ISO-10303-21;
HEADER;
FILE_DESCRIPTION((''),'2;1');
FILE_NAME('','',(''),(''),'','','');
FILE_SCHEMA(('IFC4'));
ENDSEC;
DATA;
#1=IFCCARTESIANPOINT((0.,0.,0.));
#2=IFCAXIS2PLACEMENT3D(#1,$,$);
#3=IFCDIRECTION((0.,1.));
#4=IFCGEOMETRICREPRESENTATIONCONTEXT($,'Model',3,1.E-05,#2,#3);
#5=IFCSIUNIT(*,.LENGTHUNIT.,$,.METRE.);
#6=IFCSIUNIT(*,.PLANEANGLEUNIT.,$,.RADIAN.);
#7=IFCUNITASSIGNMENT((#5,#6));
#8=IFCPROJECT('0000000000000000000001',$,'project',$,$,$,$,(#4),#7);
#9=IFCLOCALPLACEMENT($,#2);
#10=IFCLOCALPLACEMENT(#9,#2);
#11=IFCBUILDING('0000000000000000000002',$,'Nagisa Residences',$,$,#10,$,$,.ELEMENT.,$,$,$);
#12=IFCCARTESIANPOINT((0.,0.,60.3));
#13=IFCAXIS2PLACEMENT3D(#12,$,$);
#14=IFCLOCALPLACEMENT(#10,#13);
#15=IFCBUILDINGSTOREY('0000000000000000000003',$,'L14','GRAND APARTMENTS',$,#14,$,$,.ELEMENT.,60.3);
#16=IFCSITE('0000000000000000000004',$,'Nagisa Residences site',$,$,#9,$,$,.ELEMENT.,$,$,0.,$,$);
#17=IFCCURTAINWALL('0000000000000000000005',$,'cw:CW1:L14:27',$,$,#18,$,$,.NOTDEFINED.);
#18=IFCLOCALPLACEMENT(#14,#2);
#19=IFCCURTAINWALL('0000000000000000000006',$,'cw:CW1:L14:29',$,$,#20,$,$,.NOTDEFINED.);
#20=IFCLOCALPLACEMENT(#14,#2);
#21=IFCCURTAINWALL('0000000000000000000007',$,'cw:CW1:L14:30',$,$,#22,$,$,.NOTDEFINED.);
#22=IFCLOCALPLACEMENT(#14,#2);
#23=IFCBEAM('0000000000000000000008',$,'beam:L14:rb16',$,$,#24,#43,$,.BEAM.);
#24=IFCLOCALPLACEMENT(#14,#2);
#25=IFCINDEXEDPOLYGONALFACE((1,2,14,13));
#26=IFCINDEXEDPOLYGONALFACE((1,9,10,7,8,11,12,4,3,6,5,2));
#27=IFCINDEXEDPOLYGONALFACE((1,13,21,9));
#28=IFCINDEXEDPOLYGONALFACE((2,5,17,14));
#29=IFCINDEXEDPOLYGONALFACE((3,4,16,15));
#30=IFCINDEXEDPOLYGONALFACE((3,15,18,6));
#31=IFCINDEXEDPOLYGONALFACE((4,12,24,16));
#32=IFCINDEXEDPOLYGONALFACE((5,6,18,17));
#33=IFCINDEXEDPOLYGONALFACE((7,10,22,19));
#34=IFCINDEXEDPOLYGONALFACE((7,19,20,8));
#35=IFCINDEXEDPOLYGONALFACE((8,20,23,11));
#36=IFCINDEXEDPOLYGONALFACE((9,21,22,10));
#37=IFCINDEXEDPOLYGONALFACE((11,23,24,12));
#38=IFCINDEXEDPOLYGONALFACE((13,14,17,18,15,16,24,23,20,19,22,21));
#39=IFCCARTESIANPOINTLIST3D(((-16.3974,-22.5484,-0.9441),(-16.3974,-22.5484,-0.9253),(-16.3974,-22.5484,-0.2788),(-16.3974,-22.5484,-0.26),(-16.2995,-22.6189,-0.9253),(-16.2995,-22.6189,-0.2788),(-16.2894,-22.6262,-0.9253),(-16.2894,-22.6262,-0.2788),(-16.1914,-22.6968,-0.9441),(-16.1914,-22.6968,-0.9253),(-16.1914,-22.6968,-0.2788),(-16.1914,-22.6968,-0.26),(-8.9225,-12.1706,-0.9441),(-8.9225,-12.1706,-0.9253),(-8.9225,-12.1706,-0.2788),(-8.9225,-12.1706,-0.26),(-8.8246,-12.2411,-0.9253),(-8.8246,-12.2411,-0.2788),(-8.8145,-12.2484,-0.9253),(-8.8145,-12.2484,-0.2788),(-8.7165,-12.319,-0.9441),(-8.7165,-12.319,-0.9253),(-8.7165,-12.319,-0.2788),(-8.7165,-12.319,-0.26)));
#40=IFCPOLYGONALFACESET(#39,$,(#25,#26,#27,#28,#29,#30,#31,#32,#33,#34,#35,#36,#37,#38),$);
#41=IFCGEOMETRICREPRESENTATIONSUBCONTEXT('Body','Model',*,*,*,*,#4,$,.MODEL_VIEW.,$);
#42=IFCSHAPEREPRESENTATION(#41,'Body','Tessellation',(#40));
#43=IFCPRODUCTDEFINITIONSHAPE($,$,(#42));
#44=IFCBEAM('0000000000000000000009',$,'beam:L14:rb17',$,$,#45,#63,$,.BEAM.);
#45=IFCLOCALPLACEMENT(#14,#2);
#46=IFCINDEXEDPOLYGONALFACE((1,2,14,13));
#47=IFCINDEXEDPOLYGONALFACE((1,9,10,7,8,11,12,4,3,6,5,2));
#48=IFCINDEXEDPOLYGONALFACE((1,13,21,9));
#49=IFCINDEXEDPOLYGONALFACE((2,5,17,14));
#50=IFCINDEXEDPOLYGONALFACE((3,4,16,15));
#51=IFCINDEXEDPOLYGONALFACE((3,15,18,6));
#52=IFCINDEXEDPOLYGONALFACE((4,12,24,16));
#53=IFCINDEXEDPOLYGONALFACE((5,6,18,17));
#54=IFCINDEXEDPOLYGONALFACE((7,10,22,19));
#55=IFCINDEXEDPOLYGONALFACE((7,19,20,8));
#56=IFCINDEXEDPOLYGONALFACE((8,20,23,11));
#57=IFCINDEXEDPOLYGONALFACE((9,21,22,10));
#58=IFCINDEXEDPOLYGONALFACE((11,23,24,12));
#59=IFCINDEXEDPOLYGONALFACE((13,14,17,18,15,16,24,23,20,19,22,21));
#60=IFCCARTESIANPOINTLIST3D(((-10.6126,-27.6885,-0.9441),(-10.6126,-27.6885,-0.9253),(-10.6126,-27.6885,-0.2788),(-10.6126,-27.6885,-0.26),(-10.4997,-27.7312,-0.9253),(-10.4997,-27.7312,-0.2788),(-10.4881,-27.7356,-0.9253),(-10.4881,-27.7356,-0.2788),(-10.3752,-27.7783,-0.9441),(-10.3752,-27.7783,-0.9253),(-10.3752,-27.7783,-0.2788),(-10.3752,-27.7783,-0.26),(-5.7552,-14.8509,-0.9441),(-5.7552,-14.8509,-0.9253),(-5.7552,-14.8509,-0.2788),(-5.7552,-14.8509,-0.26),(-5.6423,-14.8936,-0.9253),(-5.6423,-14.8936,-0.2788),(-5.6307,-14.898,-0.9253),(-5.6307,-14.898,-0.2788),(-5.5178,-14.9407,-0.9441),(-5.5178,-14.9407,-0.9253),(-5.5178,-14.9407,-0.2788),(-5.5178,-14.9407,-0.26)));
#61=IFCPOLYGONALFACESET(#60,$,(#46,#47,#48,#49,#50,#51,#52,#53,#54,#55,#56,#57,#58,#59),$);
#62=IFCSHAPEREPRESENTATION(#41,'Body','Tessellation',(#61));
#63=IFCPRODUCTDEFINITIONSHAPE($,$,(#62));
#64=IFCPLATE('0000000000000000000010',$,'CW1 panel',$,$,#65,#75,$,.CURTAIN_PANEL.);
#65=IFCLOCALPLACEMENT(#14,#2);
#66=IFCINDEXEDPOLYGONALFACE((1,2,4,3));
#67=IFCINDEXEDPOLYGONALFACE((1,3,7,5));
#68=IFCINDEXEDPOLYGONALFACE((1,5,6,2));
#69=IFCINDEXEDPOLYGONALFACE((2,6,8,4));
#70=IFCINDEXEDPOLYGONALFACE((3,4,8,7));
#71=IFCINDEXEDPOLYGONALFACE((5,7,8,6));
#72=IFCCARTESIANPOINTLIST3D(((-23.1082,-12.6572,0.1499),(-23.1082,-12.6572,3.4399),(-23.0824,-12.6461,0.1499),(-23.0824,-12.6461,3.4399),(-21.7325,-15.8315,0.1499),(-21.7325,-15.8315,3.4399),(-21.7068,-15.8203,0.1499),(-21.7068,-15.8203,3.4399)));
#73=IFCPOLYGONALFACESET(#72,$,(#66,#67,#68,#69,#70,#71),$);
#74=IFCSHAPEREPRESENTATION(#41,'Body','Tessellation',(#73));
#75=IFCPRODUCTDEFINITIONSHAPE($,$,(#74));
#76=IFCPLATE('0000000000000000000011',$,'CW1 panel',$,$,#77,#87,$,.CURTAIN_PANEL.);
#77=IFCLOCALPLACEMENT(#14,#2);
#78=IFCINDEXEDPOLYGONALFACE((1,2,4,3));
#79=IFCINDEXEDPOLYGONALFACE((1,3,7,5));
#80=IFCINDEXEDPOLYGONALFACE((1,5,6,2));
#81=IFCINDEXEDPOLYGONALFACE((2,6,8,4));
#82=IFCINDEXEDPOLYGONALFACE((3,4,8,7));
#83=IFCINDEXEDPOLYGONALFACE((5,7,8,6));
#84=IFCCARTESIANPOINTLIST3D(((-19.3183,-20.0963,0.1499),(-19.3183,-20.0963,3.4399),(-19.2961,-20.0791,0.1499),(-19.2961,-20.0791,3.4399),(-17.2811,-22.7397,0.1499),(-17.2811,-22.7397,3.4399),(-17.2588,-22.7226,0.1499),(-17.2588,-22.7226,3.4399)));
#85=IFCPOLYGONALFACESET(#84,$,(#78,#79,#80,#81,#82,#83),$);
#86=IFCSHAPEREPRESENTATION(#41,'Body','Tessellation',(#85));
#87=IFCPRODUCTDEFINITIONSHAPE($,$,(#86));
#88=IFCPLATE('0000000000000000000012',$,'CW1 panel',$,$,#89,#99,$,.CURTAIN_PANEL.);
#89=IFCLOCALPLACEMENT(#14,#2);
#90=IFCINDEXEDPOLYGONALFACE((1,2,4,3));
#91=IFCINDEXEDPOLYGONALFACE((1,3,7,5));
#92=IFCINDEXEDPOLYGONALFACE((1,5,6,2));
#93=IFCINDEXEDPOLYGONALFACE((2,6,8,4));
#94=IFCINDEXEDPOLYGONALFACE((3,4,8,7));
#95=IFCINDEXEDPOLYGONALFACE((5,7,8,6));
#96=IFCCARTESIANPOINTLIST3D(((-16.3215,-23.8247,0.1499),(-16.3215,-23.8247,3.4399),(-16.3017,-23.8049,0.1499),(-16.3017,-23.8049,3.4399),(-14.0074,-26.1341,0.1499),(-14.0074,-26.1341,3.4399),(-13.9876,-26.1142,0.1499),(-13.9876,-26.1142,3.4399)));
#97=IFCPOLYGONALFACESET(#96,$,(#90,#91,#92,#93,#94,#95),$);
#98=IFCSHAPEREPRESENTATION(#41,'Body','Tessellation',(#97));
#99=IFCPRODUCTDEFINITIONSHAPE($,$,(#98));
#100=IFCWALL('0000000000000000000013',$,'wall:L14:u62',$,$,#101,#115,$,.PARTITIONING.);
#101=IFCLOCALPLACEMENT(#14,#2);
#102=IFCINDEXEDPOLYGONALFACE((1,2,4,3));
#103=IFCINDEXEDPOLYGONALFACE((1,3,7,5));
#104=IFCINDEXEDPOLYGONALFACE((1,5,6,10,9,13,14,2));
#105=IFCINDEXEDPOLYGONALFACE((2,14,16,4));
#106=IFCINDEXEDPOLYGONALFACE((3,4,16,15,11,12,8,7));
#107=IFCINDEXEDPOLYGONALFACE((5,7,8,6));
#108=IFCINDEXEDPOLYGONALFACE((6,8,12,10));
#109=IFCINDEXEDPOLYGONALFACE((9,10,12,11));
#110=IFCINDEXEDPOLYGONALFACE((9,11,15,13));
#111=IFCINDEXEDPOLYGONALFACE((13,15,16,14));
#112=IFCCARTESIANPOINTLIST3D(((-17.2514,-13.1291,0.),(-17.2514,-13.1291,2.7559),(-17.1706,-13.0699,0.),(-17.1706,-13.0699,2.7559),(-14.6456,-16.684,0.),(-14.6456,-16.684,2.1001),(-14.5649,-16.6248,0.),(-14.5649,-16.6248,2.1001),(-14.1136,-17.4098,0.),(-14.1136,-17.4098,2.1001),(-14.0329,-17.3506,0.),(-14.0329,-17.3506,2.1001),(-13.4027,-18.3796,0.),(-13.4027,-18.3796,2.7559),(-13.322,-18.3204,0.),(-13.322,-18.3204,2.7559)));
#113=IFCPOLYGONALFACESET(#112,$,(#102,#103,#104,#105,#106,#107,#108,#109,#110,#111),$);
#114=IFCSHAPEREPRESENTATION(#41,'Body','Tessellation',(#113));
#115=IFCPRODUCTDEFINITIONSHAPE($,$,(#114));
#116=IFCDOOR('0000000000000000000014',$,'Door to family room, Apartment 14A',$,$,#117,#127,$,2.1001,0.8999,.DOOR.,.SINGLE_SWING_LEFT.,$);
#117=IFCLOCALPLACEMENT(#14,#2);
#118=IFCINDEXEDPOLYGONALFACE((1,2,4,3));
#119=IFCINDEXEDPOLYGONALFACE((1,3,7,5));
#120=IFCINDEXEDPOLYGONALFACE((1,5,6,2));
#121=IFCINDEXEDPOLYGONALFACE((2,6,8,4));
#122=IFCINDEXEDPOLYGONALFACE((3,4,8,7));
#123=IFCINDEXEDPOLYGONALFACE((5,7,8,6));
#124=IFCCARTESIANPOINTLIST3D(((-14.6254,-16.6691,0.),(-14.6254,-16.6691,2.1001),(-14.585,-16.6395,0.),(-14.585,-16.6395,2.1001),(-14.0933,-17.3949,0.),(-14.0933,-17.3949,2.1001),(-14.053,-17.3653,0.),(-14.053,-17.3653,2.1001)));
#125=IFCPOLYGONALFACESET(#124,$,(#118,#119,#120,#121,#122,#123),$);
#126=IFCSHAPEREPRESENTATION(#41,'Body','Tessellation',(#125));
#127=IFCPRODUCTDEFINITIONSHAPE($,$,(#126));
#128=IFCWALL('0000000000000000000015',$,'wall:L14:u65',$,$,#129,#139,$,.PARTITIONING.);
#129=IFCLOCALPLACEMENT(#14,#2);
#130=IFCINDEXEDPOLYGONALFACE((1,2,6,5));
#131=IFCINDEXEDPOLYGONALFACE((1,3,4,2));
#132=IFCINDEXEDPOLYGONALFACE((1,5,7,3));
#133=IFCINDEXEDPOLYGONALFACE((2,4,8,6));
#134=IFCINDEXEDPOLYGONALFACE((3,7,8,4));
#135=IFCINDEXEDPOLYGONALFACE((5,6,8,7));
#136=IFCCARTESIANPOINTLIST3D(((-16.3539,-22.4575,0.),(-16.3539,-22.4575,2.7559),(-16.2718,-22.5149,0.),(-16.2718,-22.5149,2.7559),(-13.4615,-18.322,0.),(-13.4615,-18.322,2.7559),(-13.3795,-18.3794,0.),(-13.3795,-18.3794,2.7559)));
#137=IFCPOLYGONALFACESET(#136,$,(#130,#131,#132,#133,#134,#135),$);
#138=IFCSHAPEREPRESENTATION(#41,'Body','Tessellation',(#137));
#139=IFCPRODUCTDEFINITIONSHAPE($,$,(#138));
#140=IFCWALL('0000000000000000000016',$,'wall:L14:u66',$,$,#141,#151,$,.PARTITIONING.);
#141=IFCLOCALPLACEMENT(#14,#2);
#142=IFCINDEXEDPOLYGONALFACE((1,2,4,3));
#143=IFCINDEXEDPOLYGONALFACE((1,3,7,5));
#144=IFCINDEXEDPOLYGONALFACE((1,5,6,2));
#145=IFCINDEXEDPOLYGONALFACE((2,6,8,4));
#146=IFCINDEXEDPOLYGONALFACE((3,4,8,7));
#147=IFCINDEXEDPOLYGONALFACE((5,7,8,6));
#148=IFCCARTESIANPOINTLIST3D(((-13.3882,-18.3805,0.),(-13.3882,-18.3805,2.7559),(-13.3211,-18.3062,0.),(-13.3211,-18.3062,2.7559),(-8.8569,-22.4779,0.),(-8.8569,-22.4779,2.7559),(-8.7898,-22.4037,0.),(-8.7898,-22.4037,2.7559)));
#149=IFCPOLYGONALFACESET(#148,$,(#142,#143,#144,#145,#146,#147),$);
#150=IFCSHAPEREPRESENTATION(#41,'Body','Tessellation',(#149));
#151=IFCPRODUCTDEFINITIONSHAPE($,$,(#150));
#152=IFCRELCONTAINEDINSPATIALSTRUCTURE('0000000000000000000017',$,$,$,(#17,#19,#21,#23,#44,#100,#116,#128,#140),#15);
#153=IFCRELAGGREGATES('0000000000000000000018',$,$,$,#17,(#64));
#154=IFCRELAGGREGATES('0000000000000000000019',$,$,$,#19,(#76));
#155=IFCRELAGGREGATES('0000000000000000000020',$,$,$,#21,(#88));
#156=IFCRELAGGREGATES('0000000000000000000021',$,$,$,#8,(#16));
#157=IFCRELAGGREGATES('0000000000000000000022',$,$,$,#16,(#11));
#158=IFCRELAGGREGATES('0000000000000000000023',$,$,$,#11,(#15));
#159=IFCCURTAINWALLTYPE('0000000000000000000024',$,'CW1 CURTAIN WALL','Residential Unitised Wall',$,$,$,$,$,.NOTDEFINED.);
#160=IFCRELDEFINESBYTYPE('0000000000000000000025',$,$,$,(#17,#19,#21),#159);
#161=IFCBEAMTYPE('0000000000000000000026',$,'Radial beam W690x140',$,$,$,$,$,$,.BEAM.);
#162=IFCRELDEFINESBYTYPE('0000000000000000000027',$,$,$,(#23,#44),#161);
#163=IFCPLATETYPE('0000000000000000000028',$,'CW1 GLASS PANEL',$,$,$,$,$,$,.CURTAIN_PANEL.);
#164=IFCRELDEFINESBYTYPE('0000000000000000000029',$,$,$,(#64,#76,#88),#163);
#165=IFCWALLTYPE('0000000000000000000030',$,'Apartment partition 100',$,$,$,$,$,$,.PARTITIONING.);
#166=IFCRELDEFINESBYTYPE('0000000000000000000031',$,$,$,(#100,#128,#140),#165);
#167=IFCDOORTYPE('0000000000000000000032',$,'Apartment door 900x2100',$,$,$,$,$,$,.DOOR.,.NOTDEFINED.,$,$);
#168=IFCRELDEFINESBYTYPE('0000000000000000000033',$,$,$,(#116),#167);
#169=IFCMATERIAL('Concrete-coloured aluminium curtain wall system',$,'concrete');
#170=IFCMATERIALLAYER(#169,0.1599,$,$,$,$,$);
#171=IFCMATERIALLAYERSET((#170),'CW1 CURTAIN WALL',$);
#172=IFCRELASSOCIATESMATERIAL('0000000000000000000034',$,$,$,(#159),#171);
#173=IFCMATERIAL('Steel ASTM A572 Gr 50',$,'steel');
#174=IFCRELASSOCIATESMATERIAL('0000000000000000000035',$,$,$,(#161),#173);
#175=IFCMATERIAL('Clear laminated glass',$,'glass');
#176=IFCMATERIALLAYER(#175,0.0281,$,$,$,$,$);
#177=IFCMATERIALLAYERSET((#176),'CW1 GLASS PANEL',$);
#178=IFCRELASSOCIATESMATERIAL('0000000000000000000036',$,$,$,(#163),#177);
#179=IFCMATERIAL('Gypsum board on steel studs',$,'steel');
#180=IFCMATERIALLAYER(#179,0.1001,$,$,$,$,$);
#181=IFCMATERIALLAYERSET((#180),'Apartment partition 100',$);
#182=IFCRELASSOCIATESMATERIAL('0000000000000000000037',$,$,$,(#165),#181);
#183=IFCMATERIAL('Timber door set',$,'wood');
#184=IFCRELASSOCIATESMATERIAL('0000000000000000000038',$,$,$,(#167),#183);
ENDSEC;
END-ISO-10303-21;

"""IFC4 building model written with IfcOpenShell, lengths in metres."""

from ifc_helpers import new_model, si_unit, direction, frame, frame_2d, origin, origin_2d, place, context, subcontext, project, spatial, rectangle, i_section, extrude, material, layer, layer_set, material_profile, profile_set, type_object, element, fill, aggregate, save


model = new_model("IFC4")

# Units and contexts
model_context = context("Model", 3, precision=1e-05, world=origin(), true_north=direction((0.0, 1.0)))
body_context = subcontext(model_context, "Body", "Model", "MODEL_VIEW")
ifc_project = project(units=[si_unit("LENGTHUNIT", "METRE"), si_unit("PLANEANGLEUNIT", "RADIAN")], contexts=[model_context])

# Site, building, storey
site_placement = place(None, origin())
site = spatial("IfcSite", under=ifc_project, at=site_placement, Name="Nagisa Residences site", CompositionType="ELEMENT", RefElevation=0.0)
building_placement = place(site_placement, origin())
building = spatial("IfcBuilding", under=site, at=building_placement, Name="Nagisa Residences", CompositionType="ELEMENT")
storey_placement = place(building_placement, frame((0.0, 0.0, 60.3)))
storey = spatial("IfcBuildingStorey", under=building, at=storey_placement, Name="L14", Description="GRAND APARTMENTS", CompositionType="ELEMENT", Elevation=60.3)

# Curtain walls
ifc_material_1 = material(Name="Concrete-coloured aluminium curtain wall system", Category="concrete")
ifc_layer_1 = layer(ifc_material_1, 0.1599)
ifc_layer_set_1 = layer_set([ifc_layer_1], Name="CW1 CURTAIN WALL")
curtain_wall_type = type_object("IfcCurtainWallType", Name="CW1 CURTAIN WALL", Description="Residential Unitised Wall", PredefinedType="NOTDEFINED", material=ifc_layer_set_1)
curtain_wall_1_placement = place(storey_placement, origin())
curtain_wall_1 = element("IfcCurtainWall", 1, at=curtain_wall_1_placement, inside=storey, type_object=curtain_wall_type, Name="cw:CW1:L14:27", PredefinedType="NOTDEFINED")
curtain_wall_2_placement = place(storey_placement, origin())
curtain_wall_2 = element("IfcCurtainWall", 2, at=curtain_wall_2_placement, inside=storey, type_object=curtain_wall_type, Name="cw:CW1:L14:29", PredefinedType="NOTDEFINED")
curtain_wall_3_placement = place(storey_placement, origin())
curtain_wall_3 = element("IfcCurtainWall", 3, at=curtain_wall_3_placement, inside=storey, type_object=curtain_wall_type, Name="cw:CW1:L14:30", PredefinedType="NOTDEFINED")

# Beams
ifc_material_2 = material(Name="Steel ASTM A572 Gr 50", Category="steel")
ifc_material_profile_1 = material_profile(ifc_material_2, i_section(OverallWidth=0.2539, OverallDepth=0.6841, WebThickness=0.0125, FlangeThickness=0.0188, at=origin_2d()), Name="W690x140")
ifc_profile_set_1 = profile_set([ifc_material_profile_1], Name="Steel ASTM A572 Gr 50")
beam_type_1 = type_object("IfcBeamType", Name="Radial beam W690x140", PredefinedType="BEAM", material=ifc_profile_set_1)
beam_1_placement = place(storey_placement, frame((-16.2944, -22.6226, -0.6021), z_axis=(0.584455, 0.811426, 0.0), x_axis=(-0.811426, 0.584455, 0.0)))
element("IfcBeam", 4, at=beam_1_placement, inside=storey, type_object=beam_type_1, Name="beam:L14:rb16", PredefinedType="BEAM", context=body_context, shape_type="SweptSolid", body=[
    extrude(i_section(OverallWidth=0.2539, OverallDepth=0.6841, WebThickness=0.0125, FlangeThickness=0.0188, at=origin_2d()), origin(), (0.0, 0.0, 1.0), 12.7896),
])
beam_2_placement = place(storey_placement, frame((-10.4939, -27.7334, -0.6021), z_axis=(0.353888, 0.935288, 0.0), x_axis=(-0.935288, 0.353888, 0.0)))
element("IfcBeam", 5, at=beam_2_placement, inside=storey, type_object=beam_type_1, Name="beam:L14:rb17", PredefinedType="BEAM", context=body_context, shape_type="SweptSolid", body=[
    extrude(i_section(OverallWidth=0.2539, OverallDepth=0.6841, WebThickness=0.0125, FlangeThickness=0.0188, at=origin_2d()), origin(), (0.0, 0.0, 1.0), 13.7258),
])

# Plates
ifc_material_3 = material(Name="Clear laminated glass", Category="glass")
ifc_layer_2 = layer(ifc_material_3, 0.0281)
ifc_layer_set_2 = layer_set([ifc_layer_2], Name="CW1 GLASS PANEL")
plate_type = type_object("IfcPlateType", Name="CW1 GLASS PANEL", PredefinedType="CURTAIN_PANEL", material=ifc_layer_set_2)
plate_1_placement = place(storey_placement, frame((-22.4075, -14.2388, 0.1499), z_axis=(0.0, 0.0, 1.0), x_axis=(0.397636, -0.917543, 0.0)))
plate_1 = element("IfcPlate", 6, at=plate_1_placement, type_object=plate_type, Name="CW1 panel", PredefinedType="CURTAIN_PANEL", context=body_context, shape_type="SweptSolid", body=[
    extrude(rectangle(XDim=3.4595, YDim=0.0281, at=origin_2d()), origin(), (0.0, 0.0, 1.0), 3.29),
])
aggregate(curtain_wall_1, [plate_1])
plate_2_placement = place(storey_placement, frame((-18.2886, -21.4094, 0.1499), z_axis=(0.0, 0.0, 1.0), x_axis=(0.61043, -0.79207, 0.0)))
plate_2 = element("IfcPlate", 7, at=plate_2_placement, type_object=plate_type, Name="CW1 panel", PredefinedType="CURTAIN_PANEL", context=body_context, shape_type="SweptSolid", body=[
    extrude(rectangle(XDim=3.3374, YDim=0.0281, at=origin_2d()), origin(), (0.0, 0.0, 1.0), 3.29),
])
aggregate(curtain_wall_2, [plate_2])
plate_3_placement = place(storey_placement, frame((-15.1545, -24.9695, 0.1499), z_axis=(0.0, 0.0, 1.0), x_axis=(0.707836, -0.706377, 0.0)))
plate_3 = element("IfcPlate", 8, at=plate_3_placement, type_object=plate_type, Name="CW1 panel", PredefinedType="CURTAIN_PANEL", context=body_context, shape_type="SweptSolid", body=[
    extrude(rectangle(XDim=3.2693, YDim=0.0281, at=origin_2d()), origin(), (0.0, 0.0, 1.0), 3.29),
])
aggregate(curtain_wall_3, [plate_3])

# Wall, opening, door
ifc_material_4 = material(Name="Gypsum board on steel studs", Category="steel")
ifc_layer_3 = layer(ifc_material_4, 0.1001)
ifc_layer_set_3 = layer_set([ifc_layer_3], Name="Apartment partition 100")
wall_type_1 = type_object("IfcWallType", Name="Apartment partition 100", PredefinedType="PARTITIONING", material=ifc_layer_set_3)
wall_1_placement = place(storey_placement, frame((-17.2109, -13.0996, 0.0), z_axis=(0.0, 0.0, 1.0), x_axis=(0.591191, -0.806531, 0.0)))
wall_1 = element("IfcWall", 9, at=wall_1_placement, inside=storey, type_object=wall_type_1, Name="wall:L14:u62", PredefinedType="PARTITIONING", context=body_context, shape_type="SweptSolid", body=[
    extrude(rectangle(XDim=6.51, YDim=0.1001, at=frame_2d((3.2549, 0.0))), origin(), (0.0, 0.0, 1.0), 2.7559),
])
opening_1_placement = place(wall_1_placement, frame((4.4075, 0.0, 0.0)))
opening_1 = element("IfcOpeningElement", 10, at=opening_1_placement, cuts=wall_1, PredefinedType="OPENING", context=body_context, shape_type="SweptSolid", body=[
    extrude(rectangle(XDim=0.8999, YDim=2.1001, at=frame_2d((0.45, 1.05))), frame((0.0, 0.0601, 0.0), z_axis=(0.0, -1.0, 0.0), x_axis=(1.0, 0.0, 0.0)), (0.0, 0.0, 1.0), 0.1201),
])
ifc_material_5 = material(Name="Timber door set", Category="wood")
door_type_1 = type_object("IfcDoorType", Name="Apartment door 900x2100", OperationType="NOTDEFINED", PredefinedType="DOOR", material=ifc_material_5)
door_1_placement = place(opening_1_placement, frame((0.8999, 0.0, 0.0), x_axis=(-1.0, 0.0, 0.0)))
door_1 = element("IfcDoor", 11, at=door_1_placement, inside=storey, type_object=door_type_1, Name="Door to family room, Apartment 14A", OperationType="SINGLE_SWING_LEFT", OverallHeight=2.1001, OverallWidth=0.8999, PredefinedType="DOOR", context=body_context, shape_type="SweptSolid", body=[
    extrude(rectangle(XDim=0.8999, YDim=2.1001, at=frame_2d((0.45, 1.05))), frame((0.0, 0.0249, 0.0), z_axis=(0.0, -1.0, 0.0), x_axis=(1.0, 0.0, 0.0)), (0.0, 0.0, 1.0), 0.05),
])
fill(opening_1, door_1)

# Walls
wall_2_placement = place(storey_placement, frame((-13.4204, -18.3506, 0.0), z_axis=(0.0, 0.0, 1.0), x_axis=(-0.573128, -0.819466, 0.0)))
element("IfcWall", 12, at=wall_2_placement, inside=storey, type_object=wall_type_1, Name="wall:L14:u65", PredefinedType="PARTITIONING", context=body_context, shape_type="SweptSolid", body=[
    extrude(rectangle(XDim=5.0466, YDim=0.1001, at=frame_2d((2.5234, 0.0))), origin(), (0.0, 0.0, 1.0), 2.7559),
])
wall_3_placement = place(storey_placement, frame((-13.3547, -18.3433, 0.0), z_axis=(0.0, 0.0, 1.0), x_axis=(0.741722, -0.670707, 0.0)))
element("IfcWall", 13, at=wall_3_placement, inside=storey, type_object=wall_type_1, Name="wall:L14:u66", PredefinedType="PARTITIONING", context=body_context, shape_type="SweptSolid", body=[
    extrude(rectangle(XDim=6.1091, YDim=0.1001, at=frame_2d((3.0547, 0.0))), origin(), (0.0, 0.0, 1.0), 2.7559),
])

save(model, "model.ifc")
